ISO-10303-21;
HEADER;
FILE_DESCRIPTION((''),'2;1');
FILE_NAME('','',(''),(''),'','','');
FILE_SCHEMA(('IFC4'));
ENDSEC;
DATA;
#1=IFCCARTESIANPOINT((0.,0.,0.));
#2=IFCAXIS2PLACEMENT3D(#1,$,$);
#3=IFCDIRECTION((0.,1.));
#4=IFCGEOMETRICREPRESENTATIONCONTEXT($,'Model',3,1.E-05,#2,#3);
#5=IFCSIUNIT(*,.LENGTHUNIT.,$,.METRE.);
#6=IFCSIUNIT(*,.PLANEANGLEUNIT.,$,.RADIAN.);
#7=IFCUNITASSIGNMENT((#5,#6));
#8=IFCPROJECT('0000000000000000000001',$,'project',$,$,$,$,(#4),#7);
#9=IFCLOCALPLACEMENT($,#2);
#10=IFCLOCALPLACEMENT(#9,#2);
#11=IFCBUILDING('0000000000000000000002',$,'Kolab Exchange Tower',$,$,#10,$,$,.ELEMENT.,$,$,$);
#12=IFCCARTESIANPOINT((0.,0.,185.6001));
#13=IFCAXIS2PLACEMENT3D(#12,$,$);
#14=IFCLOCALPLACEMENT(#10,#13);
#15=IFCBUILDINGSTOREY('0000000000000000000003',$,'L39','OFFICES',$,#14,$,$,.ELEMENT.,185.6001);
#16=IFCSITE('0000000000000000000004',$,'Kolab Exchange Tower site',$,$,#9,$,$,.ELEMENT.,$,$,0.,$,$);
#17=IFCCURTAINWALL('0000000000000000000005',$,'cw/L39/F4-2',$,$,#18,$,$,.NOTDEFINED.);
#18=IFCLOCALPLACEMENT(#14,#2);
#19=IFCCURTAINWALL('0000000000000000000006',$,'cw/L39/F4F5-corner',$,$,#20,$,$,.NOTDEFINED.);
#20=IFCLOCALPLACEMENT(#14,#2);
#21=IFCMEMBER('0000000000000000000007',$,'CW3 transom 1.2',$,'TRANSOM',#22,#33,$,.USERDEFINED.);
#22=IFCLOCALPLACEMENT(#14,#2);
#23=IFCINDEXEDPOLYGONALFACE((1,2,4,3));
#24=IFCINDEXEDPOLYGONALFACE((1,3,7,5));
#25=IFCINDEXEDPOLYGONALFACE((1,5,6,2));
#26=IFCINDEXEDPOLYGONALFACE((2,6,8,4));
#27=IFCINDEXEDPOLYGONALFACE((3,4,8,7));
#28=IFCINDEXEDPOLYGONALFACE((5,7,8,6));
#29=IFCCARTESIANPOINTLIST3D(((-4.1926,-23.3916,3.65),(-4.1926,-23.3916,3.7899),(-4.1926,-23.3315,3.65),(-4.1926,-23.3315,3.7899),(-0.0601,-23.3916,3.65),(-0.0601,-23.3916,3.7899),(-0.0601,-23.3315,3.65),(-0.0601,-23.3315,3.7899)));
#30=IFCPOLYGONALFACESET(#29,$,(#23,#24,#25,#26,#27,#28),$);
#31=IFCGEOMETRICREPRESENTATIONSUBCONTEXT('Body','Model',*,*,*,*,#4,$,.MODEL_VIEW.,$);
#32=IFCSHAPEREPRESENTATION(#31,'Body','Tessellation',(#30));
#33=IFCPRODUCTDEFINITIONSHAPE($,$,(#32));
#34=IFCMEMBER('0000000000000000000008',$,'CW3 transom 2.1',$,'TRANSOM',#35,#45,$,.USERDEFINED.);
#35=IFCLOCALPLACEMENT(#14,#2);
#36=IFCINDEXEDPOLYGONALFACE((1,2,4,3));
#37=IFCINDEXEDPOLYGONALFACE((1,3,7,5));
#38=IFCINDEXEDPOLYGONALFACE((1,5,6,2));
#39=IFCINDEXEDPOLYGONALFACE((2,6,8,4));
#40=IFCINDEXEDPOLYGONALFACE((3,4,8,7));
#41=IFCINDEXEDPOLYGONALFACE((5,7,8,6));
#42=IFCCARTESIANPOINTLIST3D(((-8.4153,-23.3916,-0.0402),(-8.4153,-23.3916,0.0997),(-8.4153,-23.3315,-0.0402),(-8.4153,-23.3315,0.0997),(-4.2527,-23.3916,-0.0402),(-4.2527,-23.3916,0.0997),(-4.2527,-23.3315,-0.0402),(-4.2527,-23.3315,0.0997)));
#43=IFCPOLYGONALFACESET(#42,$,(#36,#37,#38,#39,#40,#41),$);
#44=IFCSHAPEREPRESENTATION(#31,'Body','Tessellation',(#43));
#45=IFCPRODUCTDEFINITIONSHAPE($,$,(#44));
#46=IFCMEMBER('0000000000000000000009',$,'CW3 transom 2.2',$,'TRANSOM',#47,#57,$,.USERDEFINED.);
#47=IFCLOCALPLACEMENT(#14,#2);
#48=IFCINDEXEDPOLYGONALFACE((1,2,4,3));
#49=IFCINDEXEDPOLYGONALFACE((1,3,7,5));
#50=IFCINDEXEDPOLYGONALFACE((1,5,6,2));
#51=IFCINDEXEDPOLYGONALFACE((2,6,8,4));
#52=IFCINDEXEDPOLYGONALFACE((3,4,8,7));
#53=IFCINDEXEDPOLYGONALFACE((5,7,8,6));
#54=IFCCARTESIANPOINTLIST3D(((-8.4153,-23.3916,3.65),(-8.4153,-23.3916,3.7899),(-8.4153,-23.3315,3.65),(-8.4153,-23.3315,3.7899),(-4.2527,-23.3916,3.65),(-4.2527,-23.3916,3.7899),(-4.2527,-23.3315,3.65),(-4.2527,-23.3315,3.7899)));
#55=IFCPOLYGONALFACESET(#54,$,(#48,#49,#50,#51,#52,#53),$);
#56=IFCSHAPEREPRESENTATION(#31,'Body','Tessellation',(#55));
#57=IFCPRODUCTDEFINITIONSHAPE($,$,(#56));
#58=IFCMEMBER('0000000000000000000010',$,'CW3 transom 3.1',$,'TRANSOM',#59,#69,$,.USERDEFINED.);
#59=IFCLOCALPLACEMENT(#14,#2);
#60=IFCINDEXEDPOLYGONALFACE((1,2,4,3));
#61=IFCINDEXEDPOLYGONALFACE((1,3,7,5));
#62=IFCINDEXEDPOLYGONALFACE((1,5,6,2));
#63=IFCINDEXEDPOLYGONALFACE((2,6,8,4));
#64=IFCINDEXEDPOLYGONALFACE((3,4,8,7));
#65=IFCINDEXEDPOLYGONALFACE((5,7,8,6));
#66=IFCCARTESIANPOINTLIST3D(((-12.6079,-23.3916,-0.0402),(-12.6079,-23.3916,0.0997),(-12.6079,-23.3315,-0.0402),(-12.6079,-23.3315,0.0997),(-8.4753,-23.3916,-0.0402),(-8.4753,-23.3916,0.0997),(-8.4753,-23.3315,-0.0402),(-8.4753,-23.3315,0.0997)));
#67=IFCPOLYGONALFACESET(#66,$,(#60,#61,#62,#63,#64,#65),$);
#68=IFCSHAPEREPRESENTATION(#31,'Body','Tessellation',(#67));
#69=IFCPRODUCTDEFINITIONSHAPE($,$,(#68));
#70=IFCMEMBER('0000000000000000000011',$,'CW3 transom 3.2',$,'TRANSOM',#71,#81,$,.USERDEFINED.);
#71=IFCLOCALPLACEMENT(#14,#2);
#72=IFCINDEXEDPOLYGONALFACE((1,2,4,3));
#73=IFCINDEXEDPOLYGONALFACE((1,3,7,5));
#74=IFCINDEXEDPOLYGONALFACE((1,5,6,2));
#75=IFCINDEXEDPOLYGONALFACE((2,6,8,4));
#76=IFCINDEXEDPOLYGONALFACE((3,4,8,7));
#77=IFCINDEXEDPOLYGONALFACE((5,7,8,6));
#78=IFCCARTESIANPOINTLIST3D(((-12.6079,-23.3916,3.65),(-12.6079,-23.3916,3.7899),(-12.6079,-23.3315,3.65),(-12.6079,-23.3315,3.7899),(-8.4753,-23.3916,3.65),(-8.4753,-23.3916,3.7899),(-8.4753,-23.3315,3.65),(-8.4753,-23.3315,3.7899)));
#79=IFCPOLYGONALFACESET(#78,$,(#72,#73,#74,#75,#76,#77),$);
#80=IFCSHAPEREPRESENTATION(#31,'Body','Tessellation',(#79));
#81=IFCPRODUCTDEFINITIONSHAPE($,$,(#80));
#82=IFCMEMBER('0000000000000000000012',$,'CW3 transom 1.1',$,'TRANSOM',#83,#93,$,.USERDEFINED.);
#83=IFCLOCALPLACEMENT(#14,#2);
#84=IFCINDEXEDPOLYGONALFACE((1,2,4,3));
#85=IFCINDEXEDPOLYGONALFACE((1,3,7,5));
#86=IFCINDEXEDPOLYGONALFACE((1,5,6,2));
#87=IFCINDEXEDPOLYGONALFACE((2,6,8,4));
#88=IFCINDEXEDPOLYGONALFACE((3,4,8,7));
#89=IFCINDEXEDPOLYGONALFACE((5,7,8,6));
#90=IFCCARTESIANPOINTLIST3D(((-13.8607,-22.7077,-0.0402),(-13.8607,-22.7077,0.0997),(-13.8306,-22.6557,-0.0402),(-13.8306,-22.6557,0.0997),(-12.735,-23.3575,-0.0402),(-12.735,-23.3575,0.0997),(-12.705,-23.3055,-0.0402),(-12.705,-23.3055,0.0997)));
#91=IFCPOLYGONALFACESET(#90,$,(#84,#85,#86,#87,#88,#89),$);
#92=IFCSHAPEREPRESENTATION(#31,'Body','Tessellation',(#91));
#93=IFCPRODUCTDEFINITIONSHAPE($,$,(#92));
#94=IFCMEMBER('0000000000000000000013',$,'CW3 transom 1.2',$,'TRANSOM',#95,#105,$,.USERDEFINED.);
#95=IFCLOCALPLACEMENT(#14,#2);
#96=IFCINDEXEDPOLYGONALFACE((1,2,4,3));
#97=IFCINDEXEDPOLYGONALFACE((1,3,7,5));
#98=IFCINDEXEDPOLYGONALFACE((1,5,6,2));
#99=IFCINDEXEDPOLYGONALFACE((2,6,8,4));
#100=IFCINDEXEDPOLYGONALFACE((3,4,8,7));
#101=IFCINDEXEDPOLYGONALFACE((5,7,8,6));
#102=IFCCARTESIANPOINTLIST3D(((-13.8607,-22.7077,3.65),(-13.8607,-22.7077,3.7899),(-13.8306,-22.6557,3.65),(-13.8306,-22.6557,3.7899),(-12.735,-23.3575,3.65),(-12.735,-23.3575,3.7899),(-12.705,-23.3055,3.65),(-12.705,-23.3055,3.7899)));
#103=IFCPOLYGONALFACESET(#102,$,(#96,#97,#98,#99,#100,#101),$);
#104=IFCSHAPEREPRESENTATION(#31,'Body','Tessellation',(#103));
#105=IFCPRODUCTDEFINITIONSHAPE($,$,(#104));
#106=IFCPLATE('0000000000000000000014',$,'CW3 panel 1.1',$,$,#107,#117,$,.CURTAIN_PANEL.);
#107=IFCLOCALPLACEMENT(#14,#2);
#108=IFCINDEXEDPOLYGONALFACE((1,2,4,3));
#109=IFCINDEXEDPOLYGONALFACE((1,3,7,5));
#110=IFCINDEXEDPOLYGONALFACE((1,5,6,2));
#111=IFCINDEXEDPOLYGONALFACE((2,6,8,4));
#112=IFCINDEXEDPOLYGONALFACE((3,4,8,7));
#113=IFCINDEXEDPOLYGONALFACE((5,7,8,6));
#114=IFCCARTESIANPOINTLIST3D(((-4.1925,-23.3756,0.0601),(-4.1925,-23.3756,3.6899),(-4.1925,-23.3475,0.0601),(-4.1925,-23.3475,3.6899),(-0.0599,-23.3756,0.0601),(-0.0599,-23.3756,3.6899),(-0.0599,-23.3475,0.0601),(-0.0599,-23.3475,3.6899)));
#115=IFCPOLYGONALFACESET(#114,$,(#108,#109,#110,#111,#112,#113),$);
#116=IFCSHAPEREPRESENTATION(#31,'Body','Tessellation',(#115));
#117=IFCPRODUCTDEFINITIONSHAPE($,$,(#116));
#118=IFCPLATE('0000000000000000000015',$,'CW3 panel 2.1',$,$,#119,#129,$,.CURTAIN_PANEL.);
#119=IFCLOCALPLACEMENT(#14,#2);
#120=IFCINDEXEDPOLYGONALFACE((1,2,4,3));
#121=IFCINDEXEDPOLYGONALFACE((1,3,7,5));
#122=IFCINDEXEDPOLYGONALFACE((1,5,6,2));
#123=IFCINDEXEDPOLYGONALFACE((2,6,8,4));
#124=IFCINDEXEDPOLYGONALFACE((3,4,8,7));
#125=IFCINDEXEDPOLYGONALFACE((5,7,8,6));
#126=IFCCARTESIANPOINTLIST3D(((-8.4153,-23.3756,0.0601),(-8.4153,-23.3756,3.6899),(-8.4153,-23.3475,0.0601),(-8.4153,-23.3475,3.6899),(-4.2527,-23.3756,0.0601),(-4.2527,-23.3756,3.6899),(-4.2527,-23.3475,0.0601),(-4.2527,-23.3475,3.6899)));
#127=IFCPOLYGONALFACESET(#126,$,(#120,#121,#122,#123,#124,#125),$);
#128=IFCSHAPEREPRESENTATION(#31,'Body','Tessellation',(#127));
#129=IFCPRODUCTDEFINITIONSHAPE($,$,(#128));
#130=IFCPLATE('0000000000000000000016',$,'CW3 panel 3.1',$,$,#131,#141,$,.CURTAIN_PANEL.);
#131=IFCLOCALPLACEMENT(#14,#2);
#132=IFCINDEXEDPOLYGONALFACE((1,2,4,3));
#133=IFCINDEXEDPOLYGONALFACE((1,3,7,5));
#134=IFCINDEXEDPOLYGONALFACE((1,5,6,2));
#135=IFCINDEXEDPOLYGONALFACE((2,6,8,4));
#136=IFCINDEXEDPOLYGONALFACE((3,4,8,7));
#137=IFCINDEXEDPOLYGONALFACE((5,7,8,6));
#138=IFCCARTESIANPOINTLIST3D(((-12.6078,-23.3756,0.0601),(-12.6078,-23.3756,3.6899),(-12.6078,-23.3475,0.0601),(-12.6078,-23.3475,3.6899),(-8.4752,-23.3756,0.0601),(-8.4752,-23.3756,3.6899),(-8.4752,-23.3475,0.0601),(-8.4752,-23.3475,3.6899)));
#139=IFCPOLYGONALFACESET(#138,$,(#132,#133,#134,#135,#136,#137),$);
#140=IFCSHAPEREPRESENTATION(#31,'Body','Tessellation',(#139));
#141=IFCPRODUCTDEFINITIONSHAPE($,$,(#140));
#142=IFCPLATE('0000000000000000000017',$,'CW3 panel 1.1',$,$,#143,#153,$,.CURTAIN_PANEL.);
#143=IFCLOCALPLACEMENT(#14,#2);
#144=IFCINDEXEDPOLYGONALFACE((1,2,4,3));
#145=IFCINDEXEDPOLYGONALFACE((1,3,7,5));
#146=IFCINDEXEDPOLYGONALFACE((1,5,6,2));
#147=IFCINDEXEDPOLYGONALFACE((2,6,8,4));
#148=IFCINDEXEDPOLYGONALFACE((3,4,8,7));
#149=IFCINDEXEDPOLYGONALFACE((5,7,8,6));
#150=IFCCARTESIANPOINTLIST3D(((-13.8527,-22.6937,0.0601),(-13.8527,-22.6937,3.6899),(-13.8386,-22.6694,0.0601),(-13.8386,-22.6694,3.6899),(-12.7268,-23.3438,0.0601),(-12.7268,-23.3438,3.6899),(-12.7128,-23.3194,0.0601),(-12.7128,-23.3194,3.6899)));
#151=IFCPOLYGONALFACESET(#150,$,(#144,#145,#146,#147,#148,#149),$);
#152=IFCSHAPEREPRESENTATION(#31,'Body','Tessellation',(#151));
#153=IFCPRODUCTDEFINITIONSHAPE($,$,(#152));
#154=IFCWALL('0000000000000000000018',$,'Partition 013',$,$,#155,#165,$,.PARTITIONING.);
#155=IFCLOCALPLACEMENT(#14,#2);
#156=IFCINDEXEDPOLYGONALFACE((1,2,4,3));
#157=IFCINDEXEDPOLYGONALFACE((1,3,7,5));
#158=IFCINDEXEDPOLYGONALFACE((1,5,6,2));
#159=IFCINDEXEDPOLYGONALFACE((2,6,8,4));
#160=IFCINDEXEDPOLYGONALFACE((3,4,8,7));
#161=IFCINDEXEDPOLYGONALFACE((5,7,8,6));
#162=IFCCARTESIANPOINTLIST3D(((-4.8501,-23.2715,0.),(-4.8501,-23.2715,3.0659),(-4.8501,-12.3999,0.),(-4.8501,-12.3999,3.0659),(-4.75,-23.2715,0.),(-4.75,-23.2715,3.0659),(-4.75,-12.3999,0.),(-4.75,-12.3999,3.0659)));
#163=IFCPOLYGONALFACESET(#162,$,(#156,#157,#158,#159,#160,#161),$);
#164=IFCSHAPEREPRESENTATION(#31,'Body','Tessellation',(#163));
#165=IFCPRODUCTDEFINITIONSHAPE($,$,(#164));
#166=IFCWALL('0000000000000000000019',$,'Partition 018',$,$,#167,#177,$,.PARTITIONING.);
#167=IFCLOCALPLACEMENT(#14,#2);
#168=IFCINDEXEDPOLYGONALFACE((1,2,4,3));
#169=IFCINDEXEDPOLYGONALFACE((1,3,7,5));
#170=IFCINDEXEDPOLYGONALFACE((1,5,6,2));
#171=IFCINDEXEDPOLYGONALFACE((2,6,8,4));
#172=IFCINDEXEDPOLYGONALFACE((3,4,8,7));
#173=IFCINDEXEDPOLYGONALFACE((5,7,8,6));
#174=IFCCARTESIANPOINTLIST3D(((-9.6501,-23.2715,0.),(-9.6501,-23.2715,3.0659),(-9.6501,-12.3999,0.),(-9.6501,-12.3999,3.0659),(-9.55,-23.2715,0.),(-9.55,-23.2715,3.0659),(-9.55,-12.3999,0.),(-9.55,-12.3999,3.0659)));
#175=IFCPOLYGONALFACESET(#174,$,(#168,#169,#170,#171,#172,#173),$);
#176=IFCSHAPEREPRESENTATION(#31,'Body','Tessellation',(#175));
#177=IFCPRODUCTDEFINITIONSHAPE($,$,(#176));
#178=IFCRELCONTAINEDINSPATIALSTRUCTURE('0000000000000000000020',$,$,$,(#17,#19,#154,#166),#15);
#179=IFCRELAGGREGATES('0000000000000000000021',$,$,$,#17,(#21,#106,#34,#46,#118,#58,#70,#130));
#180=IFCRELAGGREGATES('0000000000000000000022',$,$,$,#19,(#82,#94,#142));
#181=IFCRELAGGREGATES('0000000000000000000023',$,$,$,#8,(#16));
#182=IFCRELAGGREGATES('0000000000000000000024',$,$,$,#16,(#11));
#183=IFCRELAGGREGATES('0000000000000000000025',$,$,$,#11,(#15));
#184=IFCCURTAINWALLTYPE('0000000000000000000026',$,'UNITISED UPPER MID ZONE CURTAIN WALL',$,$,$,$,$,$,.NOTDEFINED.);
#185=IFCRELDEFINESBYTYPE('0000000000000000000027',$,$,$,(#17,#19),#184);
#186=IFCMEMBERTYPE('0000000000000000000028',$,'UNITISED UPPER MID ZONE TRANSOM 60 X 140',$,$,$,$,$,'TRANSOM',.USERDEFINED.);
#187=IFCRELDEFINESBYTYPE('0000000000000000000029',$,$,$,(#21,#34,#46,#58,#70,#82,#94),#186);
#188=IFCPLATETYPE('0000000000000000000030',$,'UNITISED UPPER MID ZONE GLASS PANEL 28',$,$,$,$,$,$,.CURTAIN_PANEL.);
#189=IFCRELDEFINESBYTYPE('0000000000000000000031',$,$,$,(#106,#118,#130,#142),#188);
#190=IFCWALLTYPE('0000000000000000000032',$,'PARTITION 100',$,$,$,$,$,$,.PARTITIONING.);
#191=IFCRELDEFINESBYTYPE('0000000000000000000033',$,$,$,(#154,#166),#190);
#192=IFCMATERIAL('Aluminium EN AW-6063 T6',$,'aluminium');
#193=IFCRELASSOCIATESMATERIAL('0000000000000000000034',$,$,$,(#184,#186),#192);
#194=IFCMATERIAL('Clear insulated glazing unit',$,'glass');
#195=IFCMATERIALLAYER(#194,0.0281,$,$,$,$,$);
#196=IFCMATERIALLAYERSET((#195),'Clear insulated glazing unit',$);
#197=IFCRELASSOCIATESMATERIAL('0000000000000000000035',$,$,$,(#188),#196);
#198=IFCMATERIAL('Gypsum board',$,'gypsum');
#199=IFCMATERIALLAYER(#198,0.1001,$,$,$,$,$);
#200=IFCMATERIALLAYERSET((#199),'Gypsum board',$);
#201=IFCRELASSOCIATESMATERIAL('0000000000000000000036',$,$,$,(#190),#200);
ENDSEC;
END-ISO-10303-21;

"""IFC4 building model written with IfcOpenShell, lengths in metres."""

from ifc_helpers import new_model, si_unit, direction, frame, frame_2d, origin, origin_2d, place, context, subcontext, project, spatial, rectangle, extrude, material, layer, layer_set, material_profile, profile_set, type_object, element, aggregate, save


model = new_model("IFC4")

# Units and contexts
model_context = context("Model", 3, precision=1e-05, world=origin(), true_north=direction((0.0, 1.0)))
body_context = subcontext(model_context, "Body", "Model", "MODEL_VIEW")
ifc_project = project(units=[si_unit("LENGTHUNIT", "METRE"), si_unit("PLANEANGLEUNIT", "RADIAN")], contexts=[model_context])

# Site, building, storey
site_placement = place(None, origin())
site = spatial("IfcSite", under=ifc_project, at=site_placement, Name="Kolab Exchange Tower site", CompositionType="ELEMENT", RefElevation=0.0)
building_placement = place(site_placement, origin())
building = spatial("IfcBuilding", under=site, at=building_placement, Name="Kolab Exchange Tower", CompositionType="ELEMENT")
storey_placement = place(building_placement, frame((0.0, 0.0, 185.6001)))
storey = spatial("IfcBuildingStorey", under=building, at=storey_placement, Name="L39", Description="OFFICES", CompositionType="ELEMENT", Elevation=185.6001)

# Curtain wall
ifc_material_1 = material(Name="Aluminium EN AW-6063 T6", Category="aluminium")
curtain_wall_type = type_object("IfcCurtainWallType", Name="UNITISED UPPER MID ZONE CURTAIN WALL", PredefinedType="NOTDEFINED", material=ifc_material_1)
curtain_wall_1_placement = place(storey_placement, origin())
curtain_wall_1 = element("IfcCurtainWall", 1, at=curtain_wall_1_placement, inside=storey, type_object=curtain_wall_type, Name="cw/L39/F4-2", PredefinedType="NOTDEFINED")

# Curtain wall
curtain_wall_2_placement = place(storey_placement, origin())
curtain_wall_2 = element("IfcCurtainWall", 2, at=curtain_wall_2_placement, inside=storey, type_object=curtain_wall_type, Name="cw/L39/F4F5-corner", PredefinedType="NOTDEFINED")

# Members
ifc_material_profile_1 = material_profile(ifc_material_1, rectangle(XDim=0.0601, YDim=0.1399, at=origin_2d()), Name="RECT 60X140")
ifc_profile_set_1 = profile_set([ifc_material_profile_1], Name="Aluminium EN AW-6063 T6")
member_type_1 = type_object("IfcMemberType", Name="UNITISED UPPER MID ZONE TRANSOM 60 X 140", ElementType="TRANSOM", PredefinedType="USERDEFINED", material=ifc_profile_set_1)
member_1_placement = place(storey_placement, frame((-0.0601, -23.3616, 3.72), z_axis=(-1.0, 0.0, 0.0), x_axis=(0.0, -1.0, 0.0)))
member_1 = element("IfcMember", 3, at=member_1_placement, type_object=member_type_1, Name="CW3 transom 1.2", ObjectType="TRANSOM", PredefinedType="USERDEFINED", context=body_context, shape_type="SweptSolid", body=[
    extrude(rectangle(XDim=0.0601, YDim=0.1399, at=origin_2d()), origin(), (0.0, 0.0, 1.0), 4.1326),
])
member_2_placement = place(storey_placement, frame((-4.2527, -23.3616, 0.0298), z_axis=(-1.0, 0.0, 0.0), x_axis=(0.0, -1.0, 0.0)))
member_2 = element("IfcMember", 4, at=member_2_placement, type_object=member_type_1, Name="CW3 transom 2.1", ObjectType="TRANSOM", PredefinedType="USERDEFINED", context=body_context, shape_type="SweptSolid", body=[
    extrude(rectangle(XDim=0.0601, YDim=0.1399, at=origin_2d()), origin(), (0.0, 0.0, 1.0), 4.1626),
])
member_3_placement = place(storey_placement, frame((-4.2527, -23.3616, 3.72), z_axis=(-1.0, 0.0, 0.0), x_axis=(0.0, -1.0, 0.0)))
member_3 = element("IfcMember", 5, at=member_3_placement, type_object=member_type_1, Name="CW3 transom 2.2", ObjectType="TRANSOM", PredefinedType="USERDEFINED", context=body_context, shape_type="SweptSolid", body=[
    extrude(rectangle(XDim=0.0601, YDim=0.1399, at=origin_2d()), origin(), (0.0, 0.0, 1.0), 4.1626),
])
member_4_placement = place(storey_placement, frame((-8.4753, -23.3616, 0.0298), z_axis=(-1.0, 0.0, 0.0), x_axis=(0.0, -1.0, 0.0)))
member_4 = element("IfcMember", 6, at=member_4_placement, type_object=member_type_1, Name="CW3 transom 3.1", ObjectType="TRANSOM", PredefinedType="USERDEFINED", context=body_context, shape_type="SweptSolid", body=[
    extrude(rectangle(XDim=0.0601, YDim=0.1399, at=origin_2d()), origin(), (0.0, 0.0, 1.0), 4.1326),
])
member_5_placement = place(storey_placement, frame((-8.4753, -23.3616, 3.72), z_axis=(-1.0, 0.0, 0.0), x_axis=(0.0, -1.0, 0.0)))
member_5 = element("IfcMember", 7, at=member_5_placement, type_object=member_type_1, Name="CW3 transom 3.2", ObjectType="TRANSOM", PredefinedType="USERDEFINED", context=body_context, shape_type="SweptSolid", body=[
    extrude(rectangle(XDim=0.0601, YDim=0.1399, at=origin_2d()), origin(), (0.0, 0.0, 1.0), 4.1326),
])
member_6_placement = place(storey_placement, frame((-12.72, -23.3315, 0.0298), z_axis=(-0.866039, 0.499977, 0.0), x_axis=(-0.499977, -0.866039, 0.0)))
member_6 = element("IfcMember", 8, at=member_6_placement, type_object=member_type_1, Name="CW3 transom 1.1", ObjectType="TRANSOM", PredefinedType="USERDEFINED", context=body_context, shape_type="SweptSolid", body=[
    extrude(rectangle(XDim=0.0601, YDim=0.1399, at=origin_2d()), origin(), (0.0, 0.0, 1.0), 1.2998),
])
member_7_placement = place(storey_placement, frame((-12.72, -23.3315, 3.72), z_axis=(-0.866039, 0.499977, 0.0), x_axis=(-0.499977, -0.866039, 0.0)))
member_7 = element("IfcMember", 9, at=member_7_placement, type_object=member_type_1, Name="CW3 transom 1.2", ObjectType="TRANSOM", PredefinedType="USERDEFINED", context=body_context, shape_type="SweptSolid", body=[
    extrude(rectangle(XDim=0.0601, YDim=0.1399, at=origin_2d()), origin(), (0.0, 0.0, 1.0), 1.2998),
])

# Plates
ifc_material_2 = material(Name="Clear insulated glazing unit", Category="glass")
ifc_layer_1 = layer(ifc_material_2, 0.0281)
ifc_layer_set_1 = layer_set([ifc_layer_1], Name="Clear insulated glazing unit")
plate_type = type_object("IfcPlateType", Name="UNITISED UPPER MID ZONE GLASS PANEL 28", PredefinedType="CURTAIN_PANEL", material=ifc_layer_set_1)
plate_1_placement = place(storey_placement, frame((-2.1262, -23.3616, 0.0601), z_axis=(0.0, 0.0, 1.0), x_axis=(-1.0, 0.0, 0.0)))
plate_1 = element("IfcPlate", 10, at=plate_1_placement, type_object=plate_type, Name="CW3 panel 1.1", PredefinedType="CURTAIN_PANEL", context=body_context, shape_type="SweptSolid", body=[
    extrude(rectangle(XDim=4.1326, YDim=0.0281, at=origin_2d()), origin(), (0.0, 0.0, 1.0), 3.6299),
])
plate_2_placement = place(storey_placement, frame((-6.334, -23.3616, 0.0601), z_axis=(0.0, 0.0, 1.0), x_axis=(-1.0, 0.0, 0.0)))
plate_2 = element("IfcPlate", 11, at=plate_2_placement, type_object=plate_type, Name="CW3 panel 2.1", PredefinedType="CURTAIN_PANEL", context=body_context, shape_type="SweptSolid", body=[
    extrude(rectangle(XDim=4.1626, YDim=0.0281, at=origin_2d()), origin(), (0.0, 0.0, 1.0), 3.6299),
])
plate_3_placement = place(storey_placement, frame((-10.5415, -23.3616, 0.0601), z_axis=(0.0, 0.0, 1.0), x_axis=(-1.0, 0.0, 0.0)))
plate_3 = element("IfcPlate", 12, at=plate_3_placement, type_object=plate_type, Name="CW3 panel 3.1", PredefinedType="CURTAIN_PANEL", context=body_context, shape_type="SweptSolid", body=[
    extrude(rectangle(XDim=4.1326, YDim=0.0281, at=origin_2d()), origin(), (0.0, 0.0, 1.0), 3.6299),
])
aggregate(curtain_wall_1, [member_1, plate_1, member_2, member_3, plate_2, member_4, member_5, plate_3])
plate_4_placement = place(storey_placement, frame((-13.2827, -23.0066, 0.0601), z_axis=(0.0, 0.0, 1.0), x_axis=(-0.866025, 0.5, 0.0)))
plate_4 = element("IfcPlate", 13, at=plate_4_placement, type_object=plate_type, Name="CW3 panel 1.1", PredefinedType="CURTAIN_PANEL", context=body_context, shape_type="SweptSolid", body=[
    extrude(rectangle(XDim=1.3, YDim=0.0281, at=origin_2d()), origin(), (0.0, 0.0, 1.0), 3.6299),
])
aggregate(curtain_wall_2, [member_6, member_7, plate_4])

# Walls
ifc_material_3 = material(Name="Gypsum board", Category="gypsum")
ifc_layer_2 = layer(ifc_material_3, 0.1001)
ifc_layer_set_2 = layer_set([ifc_layer_2], Name="Gypsum board")
wall_type = type_object("IfcWallType", Name="PARTITION 100", PredefinedType="PARTITIONING", material=ifc_layer_set_2)
for number, where, z_axis, x_axis, name in (
    (14, (-4.8, -23.2715, 0.0), (0.0, 0.0, 1.0), (0.0, 1.0, 0.0), "Partition 013"),
    (15, (-9.6001, -23.2715, 0.0), (0.0, 0.0, 1.0), (0.0, 1.0, 0.0), "Partition 018"),
):
    element("IfcWall", number, at=place(storey_placement, frame(where, z_axis=z_axis, x_axis=x_axis)), inside=storey, type_object=wall_type, Name=name, PredefinedType="PARTITIONING", context=body_context, shape_type="SweptSolid", body=[
        extrude(rectangle(XDim=10.8716, YDim=0.1001, at=frame_2d((5.4358, 0.0))), origin(), (0.0, 0.0, 1.0), 3.0659),
    ])

save(model, "model.ifc")
